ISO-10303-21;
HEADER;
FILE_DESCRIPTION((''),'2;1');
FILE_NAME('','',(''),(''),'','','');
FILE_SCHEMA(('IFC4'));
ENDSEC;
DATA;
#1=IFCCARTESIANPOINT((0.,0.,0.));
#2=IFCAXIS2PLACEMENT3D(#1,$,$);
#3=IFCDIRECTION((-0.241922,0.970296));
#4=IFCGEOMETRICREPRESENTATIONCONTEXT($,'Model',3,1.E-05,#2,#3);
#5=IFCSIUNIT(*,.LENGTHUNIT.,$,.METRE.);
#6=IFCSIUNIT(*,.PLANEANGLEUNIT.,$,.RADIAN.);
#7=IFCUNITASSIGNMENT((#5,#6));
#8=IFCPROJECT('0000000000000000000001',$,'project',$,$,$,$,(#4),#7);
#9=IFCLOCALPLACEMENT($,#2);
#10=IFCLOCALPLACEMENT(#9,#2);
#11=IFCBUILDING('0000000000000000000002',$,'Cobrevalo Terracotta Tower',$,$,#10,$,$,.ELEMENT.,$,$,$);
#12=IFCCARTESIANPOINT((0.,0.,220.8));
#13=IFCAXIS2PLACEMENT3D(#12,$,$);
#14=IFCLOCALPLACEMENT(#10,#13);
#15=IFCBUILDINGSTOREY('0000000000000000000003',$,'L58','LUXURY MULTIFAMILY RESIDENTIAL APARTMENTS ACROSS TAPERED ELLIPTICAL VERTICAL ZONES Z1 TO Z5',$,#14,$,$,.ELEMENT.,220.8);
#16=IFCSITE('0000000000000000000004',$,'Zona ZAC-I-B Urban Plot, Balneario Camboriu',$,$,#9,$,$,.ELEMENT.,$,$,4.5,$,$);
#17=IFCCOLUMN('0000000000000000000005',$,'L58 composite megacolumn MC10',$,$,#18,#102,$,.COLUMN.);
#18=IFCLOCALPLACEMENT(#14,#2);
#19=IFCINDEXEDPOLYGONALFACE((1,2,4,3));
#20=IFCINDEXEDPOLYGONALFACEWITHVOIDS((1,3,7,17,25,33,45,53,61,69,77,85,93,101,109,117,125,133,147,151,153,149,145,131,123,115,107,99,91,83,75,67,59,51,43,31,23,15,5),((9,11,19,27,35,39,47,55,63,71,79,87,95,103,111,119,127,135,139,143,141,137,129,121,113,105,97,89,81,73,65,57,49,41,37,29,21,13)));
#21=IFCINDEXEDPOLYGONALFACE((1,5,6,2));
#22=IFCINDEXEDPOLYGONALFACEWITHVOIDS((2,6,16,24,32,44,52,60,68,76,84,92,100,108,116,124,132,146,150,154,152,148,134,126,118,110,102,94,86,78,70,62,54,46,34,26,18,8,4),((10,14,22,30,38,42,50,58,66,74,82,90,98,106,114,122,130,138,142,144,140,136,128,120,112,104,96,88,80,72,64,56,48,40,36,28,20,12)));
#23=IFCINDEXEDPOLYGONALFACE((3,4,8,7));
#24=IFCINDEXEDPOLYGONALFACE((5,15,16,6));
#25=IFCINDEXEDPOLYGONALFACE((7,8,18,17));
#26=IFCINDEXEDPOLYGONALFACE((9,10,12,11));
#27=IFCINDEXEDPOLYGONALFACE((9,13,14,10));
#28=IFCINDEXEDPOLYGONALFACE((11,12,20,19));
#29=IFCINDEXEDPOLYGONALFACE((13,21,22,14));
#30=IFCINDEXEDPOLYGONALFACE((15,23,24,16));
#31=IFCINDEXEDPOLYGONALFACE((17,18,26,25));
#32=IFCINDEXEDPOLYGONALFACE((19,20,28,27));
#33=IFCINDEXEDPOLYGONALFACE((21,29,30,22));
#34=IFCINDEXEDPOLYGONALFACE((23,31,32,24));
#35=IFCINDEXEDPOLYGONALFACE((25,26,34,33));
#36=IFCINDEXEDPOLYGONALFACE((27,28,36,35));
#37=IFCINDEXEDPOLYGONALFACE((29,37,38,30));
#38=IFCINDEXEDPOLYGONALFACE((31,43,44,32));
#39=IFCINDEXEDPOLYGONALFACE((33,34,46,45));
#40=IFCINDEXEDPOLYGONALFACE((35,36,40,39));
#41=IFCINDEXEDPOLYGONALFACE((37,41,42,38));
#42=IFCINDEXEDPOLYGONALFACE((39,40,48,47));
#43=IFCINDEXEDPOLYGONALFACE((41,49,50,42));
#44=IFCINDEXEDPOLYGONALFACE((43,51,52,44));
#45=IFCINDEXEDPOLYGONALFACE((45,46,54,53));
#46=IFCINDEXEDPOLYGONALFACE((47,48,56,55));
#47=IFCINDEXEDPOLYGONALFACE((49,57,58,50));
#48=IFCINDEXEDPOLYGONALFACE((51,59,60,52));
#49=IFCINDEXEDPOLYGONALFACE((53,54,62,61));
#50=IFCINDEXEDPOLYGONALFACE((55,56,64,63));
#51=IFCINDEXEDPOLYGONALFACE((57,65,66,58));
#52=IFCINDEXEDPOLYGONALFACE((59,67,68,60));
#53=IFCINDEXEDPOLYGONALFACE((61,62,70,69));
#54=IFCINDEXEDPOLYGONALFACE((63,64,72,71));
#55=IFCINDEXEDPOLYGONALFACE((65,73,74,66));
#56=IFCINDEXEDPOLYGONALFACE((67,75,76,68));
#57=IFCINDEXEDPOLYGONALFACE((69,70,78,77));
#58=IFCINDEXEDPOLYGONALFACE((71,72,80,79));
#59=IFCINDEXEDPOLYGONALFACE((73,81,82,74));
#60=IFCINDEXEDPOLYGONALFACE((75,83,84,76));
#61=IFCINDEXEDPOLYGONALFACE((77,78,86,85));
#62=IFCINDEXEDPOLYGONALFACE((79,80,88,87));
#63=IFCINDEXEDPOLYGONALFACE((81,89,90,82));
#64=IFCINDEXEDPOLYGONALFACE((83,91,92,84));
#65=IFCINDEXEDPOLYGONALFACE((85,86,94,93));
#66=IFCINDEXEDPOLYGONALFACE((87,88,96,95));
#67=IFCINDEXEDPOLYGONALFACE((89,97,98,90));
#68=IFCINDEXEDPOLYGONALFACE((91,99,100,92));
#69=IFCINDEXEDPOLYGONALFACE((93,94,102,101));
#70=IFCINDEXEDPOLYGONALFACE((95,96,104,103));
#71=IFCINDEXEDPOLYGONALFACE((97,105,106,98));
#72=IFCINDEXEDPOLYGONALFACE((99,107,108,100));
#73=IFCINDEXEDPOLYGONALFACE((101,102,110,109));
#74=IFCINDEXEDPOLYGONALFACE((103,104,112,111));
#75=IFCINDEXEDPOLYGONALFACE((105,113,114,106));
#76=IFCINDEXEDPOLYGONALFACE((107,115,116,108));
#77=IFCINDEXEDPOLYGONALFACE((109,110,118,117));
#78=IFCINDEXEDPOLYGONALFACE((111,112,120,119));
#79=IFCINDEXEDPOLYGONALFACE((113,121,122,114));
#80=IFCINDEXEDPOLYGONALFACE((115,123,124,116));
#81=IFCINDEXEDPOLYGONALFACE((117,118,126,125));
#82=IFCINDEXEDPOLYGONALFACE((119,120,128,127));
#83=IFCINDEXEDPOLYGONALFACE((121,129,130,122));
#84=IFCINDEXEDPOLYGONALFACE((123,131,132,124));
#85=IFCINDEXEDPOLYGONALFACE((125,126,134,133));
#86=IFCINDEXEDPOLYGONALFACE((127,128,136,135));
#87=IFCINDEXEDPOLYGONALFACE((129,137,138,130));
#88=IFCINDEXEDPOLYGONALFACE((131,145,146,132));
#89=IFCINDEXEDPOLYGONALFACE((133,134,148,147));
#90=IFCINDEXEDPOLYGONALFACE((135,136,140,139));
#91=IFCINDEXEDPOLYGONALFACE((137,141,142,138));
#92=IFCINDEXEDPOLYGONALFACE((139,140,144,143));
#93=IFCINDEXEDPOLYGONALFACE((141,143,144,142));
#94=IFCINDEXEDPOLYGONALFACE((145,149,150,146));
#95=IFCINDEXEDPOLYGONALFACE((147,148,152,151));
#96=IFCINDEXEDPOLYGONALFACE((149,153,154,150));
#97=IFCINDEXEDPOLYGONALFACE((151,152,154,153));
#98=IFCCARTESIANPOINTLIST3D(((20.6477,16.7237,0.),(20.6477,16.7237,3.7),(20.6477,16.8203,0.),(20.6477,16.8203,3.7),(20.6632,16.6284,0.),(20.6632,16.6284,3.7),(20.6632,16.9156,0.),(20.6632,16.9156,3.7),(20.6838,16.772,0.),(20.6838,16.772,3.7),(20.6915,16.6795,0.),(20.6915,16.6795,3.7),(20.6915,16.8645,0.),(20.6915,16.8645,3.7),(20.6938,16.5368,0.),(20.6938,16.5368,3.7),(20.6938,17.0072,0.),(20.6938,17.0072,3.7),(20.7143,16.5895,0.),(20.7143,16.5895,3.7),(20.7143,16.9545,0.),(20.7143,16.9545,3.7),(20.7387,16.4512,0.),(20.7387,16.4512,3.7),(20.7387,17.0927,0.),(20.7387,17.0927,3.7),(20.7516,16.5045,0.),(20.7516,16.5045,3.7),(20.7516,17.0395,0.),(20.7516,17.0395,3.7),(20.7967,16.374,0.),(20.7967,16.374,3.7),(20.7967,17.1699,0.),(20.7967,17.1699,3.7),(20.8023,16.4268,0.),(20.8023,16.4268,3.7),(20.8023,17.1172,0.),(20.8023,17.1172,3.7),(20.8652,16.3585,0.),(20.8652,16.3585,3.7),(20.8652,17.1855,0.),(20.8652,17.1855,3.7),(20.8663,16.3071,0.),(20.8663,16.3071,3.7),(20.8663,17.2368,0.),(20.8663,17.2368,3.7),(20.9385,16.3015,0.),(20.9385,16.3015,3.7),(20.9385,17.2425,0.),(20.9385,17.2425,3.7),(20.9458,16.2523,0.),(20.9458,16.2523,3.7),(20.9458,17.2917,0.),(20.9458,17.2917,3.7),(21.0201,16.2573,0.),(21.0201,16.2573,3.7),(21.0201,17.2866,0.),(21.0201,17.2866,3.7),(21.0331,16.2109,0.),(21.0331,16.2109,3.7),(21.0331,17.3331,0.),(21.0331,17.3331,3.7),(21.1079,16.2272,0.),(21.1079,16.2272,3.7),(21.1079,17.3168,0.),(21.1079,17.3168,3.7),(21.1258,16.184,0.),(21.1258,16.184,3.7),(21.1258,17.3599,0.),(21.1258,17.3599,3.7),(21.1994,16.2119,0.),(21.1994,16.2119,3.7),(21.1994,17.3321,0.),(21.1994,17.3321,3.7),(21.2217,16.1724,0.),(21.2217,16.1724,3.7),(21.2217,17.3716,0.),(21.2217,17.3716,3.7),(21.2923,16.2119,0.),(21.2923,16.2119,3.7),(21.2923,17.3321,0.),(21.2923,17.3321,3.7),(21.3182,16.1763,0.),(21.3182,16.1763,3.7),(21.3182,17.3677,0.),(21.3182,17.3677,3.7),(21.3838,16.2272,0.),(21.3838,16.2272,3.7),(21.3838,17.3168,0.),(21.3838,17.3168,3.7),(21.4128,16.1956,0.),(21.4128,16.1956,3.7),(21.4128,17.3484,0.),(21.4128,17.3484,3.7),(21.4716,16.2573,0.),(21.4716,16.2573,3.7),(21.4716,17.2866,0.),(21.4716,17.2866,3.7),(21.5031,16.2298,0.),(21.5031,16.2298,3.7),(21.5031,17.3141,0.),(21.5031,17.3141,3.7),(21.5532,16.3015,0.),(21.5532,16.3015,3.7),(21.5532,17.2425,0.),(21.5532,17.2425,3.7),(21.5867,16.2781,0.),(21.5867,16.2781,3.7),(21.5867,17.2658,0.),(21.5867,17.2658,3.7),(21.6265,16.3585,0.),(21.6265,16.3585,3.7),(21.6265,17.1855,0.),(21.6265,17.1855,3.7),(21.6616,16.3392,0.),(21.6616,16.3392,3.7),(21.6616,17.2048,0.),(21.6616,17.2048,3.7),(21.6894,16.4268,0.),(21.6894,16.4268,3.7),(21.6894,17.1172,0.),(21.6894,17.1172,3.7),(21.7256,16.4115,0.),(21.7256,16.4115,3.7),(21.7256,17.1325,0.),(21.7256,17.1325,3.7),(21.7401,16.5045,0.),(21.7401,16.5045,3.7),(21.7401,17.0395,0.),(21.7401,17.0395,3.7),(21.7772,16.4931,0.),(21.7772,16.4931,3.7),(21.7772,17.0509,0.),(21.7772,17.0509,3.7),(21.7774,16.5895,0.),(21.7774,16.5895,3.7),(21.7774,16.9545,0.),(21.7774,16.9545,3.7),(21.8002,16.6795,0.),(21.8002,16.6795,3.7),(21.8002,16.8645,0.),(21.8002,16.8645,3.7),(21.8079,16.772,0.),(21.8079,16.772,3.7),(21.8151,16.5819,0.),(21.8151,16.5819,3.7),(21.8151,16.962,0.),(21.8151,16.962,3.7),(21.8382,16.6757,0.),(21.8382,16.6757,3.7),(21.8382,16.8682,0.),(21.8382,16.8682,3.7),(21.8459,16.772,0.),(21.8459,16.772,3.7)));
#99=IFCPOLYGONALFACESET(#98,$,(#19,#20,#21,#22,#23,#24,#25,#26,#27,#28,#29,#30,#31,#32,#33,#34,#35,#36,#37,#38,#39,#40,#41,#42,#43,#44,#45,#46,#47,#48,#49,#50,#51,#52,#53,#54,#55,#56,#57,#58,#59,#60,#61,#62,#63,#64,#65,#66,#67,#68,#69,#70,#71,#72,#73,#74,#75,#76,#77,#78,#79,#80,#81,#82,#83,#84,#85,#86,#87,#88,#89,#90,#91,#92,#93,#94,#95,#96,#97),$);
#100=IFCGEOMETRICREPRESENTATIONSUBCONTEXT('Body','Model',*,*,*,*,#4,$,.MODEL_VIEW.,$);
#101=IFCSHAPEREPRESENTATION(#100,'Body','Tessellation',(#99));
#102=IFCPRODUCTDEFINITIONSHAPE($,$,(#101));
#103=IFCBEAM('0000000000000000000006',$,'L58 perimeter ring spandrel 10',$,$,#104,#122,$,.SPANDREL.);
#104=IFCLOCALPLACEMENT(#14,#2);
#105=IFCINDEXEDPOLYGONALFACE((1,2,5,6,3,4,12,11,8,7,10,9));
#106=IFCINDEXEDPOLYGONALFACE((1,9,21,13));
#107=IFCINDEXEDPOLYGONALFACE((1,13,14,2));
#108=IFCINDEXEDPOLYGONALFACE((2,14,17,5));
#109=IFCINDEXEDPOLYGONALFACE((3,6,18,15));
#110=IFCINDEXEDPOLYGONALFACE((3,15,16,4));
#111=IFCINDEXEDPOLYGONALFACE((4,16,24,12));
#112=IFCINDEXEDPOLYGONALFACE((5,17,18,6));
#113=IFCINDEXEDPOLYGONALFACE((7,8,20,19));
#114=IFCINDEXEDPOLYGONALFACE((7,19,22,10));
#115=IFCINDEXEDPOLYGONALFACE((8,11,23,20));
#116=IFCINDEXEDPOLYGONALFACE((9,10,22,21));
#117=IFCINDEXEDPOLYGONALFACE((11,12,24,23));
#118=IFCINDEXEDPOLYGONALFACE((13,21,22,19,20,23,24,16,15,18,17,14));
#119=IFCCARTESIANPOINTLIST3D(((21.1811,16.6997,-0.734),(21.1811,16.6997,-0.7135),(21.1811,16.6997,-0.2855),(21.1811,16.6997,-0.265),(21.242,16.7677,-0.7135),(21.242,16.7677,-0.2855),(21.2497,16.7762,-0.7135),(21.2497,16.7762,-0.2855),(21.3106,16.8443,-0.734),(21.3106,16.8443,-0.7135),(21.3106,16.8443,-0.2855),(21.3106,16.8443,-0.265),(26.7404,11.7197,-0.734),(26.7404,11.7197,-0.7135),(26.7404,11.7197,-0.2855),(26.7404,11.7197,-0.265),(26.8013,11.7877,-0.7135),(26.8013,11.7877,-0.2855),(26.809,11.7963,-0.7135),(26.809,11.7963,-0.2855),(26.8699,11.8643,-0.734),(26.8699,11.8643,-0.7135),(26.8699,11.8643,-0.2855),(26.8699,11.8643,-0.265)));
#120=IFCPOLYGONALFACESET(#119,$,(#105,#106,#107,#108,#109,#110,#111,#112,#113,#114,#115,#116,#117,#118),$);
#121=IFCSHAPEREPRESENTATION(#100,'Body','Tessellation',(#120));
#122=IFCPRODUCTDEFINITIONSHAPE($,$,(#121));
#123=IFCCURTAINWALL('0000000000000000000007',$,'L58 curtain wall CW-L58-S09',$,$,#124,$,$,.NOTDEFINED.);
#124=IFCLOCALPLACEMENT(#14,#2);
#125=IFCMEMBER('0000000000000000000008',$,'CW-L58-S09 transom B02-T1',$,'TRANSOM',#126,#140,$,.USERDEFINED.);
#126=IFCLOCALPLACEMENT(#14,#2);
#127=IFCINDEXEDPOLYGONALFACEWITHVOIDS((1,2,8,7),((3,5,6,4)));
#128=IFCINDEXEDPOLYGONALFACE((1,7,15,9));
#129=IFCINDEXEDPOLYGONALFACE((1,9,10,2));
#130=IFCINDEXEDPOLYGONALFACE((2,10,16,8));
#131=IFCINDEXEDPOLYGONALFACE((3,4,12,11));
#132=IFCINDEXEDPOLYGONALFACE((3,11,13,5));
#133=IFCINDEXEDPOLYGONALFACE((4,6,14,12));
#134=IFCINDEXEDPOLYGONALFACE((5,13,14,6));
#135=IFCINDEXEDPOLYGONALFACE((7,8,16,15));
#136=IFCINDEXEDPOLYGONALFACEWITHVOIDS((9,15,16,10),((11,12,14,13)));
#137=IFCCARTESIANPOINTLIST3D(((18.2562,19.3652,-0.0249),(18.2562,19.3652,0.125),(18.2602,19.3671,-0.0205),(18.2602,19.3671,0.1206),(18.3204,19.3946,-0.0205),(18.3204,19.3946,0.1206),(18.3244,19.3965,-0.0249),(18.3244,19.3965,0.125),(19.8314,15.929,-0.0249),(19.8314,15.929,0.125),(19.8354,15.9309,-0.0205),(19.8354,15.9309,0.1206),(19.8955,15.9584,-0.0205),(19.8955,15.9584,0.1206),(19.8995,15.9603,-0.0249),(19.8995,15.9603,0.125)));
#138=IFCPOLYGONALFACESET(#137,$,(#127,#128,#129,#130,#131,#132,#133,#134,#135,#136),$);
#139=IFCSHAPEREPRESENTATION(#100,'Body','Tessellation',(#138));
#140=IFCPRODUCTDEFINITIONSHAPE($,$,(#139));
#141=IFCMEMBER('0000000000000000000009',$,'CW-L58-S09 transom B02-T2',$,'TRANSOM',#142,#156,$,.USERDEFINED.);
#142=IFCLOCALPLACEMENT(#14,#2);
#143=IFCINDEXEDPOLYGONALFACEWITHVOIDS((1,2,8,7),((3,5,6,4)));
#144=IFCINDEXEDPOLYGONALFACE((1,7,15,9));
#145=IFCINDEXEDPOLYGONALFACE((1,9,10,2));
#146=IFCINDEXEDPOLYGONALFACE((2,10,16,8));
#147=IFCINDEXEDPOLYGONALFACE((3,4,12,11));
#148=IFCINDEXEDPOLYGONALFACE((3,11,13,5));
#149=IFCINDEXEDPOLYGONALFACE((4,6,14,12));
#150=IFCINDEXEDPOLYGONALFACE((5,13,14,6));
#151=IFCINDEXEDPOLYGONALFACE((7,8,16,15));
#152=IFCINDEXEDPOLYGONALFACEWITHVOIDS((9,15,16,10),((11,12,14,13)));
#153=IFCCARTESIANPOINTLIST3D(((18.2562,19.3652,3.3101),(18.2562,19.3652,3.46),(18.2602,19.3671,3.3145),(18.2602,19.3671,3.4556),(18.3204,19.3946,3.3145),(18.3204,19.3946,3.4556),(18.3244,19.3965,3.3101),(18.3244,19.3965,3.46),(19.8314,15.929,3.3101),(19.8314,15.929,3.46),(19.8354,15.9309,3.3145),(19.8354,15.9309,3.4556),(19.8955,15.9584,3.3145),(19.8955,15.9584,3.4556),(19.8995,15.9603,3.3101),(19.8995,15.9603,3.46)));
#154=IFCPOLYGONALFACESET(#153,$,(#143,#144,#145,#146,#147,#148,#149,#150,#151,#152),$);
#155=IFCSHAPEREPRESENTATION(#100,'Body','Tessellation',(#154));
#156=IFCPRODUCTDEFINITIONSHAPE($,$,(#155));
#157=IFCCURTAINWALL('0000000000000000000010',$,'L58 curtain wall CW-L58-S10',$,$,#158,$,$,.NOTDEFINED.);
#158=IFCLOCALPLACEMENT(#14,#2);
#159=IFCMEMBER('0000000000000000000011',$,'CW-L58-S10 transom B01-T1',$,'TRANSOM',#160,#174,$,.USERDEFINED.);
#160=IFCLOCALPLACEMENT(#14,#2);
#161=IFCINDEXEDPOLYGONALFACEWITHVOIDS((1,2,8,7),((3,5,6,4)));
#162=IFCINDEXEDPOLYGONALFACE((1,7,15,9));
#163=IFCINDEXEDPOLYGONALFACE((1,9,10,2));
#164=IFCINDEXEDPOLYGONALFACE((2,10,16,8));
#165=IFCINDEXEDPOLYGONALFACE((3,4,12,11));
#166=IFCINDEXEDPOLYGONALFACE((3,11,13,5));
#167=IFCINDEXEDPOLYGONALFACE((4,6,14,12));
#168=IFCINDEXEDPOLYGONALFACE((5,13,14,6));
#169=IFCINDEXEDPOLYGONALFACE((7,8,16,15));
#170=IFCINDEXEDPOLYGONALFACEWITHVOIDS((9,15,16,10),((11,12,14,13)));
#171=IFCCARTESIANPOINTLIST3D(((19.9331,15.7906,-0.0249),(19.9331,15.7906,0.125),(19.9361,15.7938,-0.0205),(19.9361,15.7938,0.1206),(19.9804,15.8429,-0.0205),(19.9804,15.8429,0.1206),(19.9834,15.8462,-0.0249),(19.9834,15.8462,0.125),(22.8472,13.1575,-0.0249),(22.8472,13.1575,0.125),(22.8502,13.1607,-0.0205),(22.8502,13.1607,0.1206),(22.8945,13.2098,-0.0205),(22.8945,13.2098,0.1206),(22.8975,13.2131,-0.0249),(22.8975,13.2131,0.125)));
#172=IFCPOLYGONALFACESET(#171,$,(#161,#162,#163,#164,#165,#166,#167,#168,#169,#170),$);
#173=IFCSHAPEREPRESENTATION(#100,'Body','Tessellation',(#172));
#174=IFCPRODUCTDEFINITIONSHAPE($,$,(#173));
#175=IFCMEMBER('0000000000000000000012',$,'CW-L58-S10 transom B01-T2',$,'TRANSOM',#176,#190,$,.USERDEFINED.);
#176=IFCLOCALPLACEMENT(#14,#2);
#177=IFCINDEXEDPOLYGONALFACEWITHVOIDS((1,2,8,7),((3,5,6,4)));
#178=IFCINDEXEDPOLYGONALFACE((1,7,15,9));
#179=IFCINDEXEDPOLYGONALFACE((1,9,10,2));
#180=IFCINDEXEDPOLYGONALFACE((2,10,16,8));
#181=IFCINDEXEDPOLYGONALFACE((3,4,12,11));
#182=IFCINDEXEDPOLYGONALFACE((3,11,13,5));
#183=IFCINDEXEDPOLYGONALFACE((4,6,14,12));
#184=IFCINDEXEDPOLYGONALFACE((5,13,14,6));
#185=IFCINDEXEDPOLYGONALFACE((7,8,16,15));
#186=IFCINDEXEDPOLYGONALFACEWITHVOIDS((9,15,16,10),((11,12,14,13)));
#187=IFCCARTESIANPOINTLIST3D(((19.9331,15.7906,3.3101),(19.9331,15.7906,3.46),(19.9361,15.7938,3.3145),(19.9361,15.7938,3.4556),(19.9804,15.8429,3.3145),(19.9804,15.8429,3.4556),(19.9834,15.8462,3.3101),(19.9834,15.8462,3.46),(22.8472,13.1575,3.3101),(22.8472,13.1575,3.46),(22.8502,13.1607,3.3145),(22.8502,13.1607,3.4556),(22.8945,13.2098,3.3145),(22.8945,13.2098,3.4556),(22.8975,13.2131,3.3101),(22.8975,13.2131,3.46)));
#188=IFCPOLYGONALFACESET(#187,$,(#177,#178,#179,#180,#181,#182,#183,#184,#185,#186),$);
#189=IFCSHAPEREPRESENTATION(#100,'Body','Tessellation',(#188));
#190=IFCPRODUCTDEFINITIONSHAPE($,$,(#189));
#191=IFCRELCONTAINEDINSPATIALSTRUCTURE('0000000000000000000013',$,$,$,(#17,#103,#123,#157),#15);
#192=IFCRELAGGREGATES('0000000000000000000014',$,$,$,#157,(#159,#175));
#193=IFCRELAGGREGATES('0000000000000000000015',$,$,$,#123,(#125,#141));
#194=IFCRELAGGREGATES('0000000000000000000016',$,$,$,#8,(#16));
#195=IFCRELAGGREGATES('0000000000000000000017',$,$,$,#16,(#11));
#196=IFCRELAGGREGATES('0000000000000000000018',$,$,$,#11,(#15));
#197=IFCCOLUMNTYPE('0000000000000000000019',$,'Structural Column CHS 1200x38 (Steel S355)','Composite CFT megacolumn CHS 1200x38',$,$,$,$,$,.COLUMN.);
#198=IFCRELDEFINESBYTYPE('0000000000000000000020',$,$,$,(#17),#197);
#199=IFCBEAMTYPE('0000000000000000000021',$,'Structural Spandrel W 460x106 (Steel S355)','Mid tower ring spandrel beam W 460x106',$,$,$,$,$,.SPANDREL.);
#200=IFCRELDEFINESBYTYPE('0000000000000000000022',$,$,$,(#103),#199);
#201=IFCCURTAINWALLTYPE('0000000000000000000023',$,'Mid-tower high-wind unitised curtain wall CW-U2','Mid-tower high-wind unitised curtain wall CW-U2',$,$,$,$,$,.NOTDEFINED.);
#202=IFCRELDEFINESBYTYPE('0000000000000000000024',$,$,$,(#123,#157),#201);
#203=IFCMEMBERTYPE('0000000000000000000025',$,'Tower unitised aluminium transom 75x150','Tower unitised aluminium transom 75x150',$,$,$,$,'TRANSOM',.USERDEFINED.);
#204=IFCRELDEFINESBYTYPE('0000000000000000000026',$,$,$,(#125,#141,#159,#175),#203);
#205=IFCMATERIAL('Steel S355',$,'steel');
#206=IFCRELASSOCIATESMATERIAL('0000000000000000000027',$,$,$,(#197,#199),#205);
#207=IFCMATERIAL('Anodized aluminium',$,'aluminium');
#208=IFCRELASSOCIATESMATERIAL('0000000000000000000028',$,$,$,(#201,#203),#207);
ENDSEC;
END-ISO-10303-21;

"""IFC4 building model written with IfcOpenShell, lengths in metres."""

from ifc_helpers import new_model, si_unit, direction, frame, origin, origin_2d, place, context, subcontext, project, spatial, hollow_rectangle, hollow_circle, i_section, extrude, source, transform, mapped, material, material_profile, profile_set, type_object, element, aggregate, save


model = new_model("IFC4")

# Units and contexts
model_context = context("Model", 3, precision=1e-05, world=origin(), true_north=direction((-0.241922, 0.970296)))
body_context = subcontext(model_context, "Body", "Model", "MODEL_VIEW")
ifc_project = project(units=[si_unit("LENGTHUNIT", "METRE"), si_unit("PLANEANGLEUNIT", "RADIAN")], contexts=[model_context])

# Site, building, storey
site_placement = place(None, origin())
site = spatial("IfcSite", under=ifc_project, at=site_placement, Name="Zona ZAC-I-B Urban Plot, Balneario Camboriu", CompositionType="ELEMENT", RefElevation=4.5)
building_placement = place(site_placement, origin())
building = spatial("IfcBuilding", under=site, at=building_placement, Name="Cobrevalo Terracotta Tower", CompositionType="ELEMENT")
storey_placement = place(building_placement, frame((0.0, 0.0, 220.8)))
storey = spatial("IfcBuildingStorey", under=building, at=storey_placement, Name="L58", Description="LUXURY MULTIFAMILY RESIDENTIAL APARTMENTS ACROSS TAPERED ELLIPTICAL VERTICAL ZONES Z1 TO Z5", CompositionType="ELEMENT", Elevation=220.8)

# Column
ifc_material_1 = material(Name="Steel S355", Category="steel")
ifc_material_profile_1 = material_profile(ifc_material_1, hollow_circle(Radius=0.6001, WallThickness=0.0381, at=origin_2d()), Name="CHS 1200x38")
ifc_profile_set_1 = profile_set([ifc_material_profile_1], Name="Steel S355")
column_type = type_object("IfcColumnType", Name="Structural Column CHS 1200x38 (Steel S355)", Description="Composite CFT megacolumn CHS 1200x38", PredefinedType="COLUMN", material=ifc_profile_set_1)
column_placement = place(storey_placement, frame((21.2458, 16.772, 0.0), z_axis=(0.0, 0.0, 1.0), x_axis=(1.0, 0.0, 0.0)))
element("IfcColumn", 1, at=column_placement, inside=storey, type_object=column_type, Name="L58 composite megacolumn MC10", PredefinedType="COLUMN", context=body_context, shape_type="SweptSolid", body=[
    extrude(hollow_circle(Radius=0.6001, WallThickness=0.0381, at=origin_2d()), origin(), (0.0, 0.0, 1.0), 3.7),
])

# Beam
ifc_material_profile_2 = material_profile(ifc_material_1, i_section(OverallWidth=0.1941, OverallDepth=0.469, WebThickness=0.0115, FlangeThickness=0.0205, at=origin_2d()), Name="W 460x106")
ifc_profile_set_2 = profile_set([ifc_material_profile_2], Name="Steel S355")
beam_type = type_object("IfcBeamType", Name="Structural Spandrel W 460x106 (Steel S355)", Description="Mid tower ring spandrel beam W 460x106", PredefinedType="SPANDREL", material=ifc_profile_set_2)
beam_placement = place(storey_placement, frame((21.2458, 16.772, -0.4995), z_axis=(0.744852, -0.66723, 0.0), x_axis=(0.66723, 0.744852, 0.0)))
element("IfcBeam", 2, at=beam_placement, inside=storey, type_object=beam_type, Name="L58 perimeter ring spandrel 10", PredefinedType="SPANDREL", context=body_context, shape_type="SweptSolid", body=[
    extrude(i_section(OverallWidth=0.1941, OverallDepth=0.469, WebThickness=0.0115, FlangeThickness=0.0205, at=origin_2d()), origin(), (0.0, 0.0, 1.0), 7.4636),
])

# Curtain walls, members
ifc_material_2 = material(Name="Anodized aluminium", Category="aluminium")
curtain_wall_type = type_object("IfcCurtainWallType", Name="Mid-tower high-wind unitised curtain wall CW-U2", Description="Mid-tower high-wind unitised curtain wall CW-U2", PredefinedType="NOTDEFINED", material=ifc_material_2)
curtain_wall_1_placement = place(storey_placement, origin())
curtain_wall_1 = element("IfcCurtainWall", 3, at=curtain_wall_1_placement, inside=storey, type_object=curtain_wall_type, Name="L58 curtain wall CW-L58-S09", PredefinedType="NOTDEFINED")
ifc_material_profile_3 = material_profile(ifc_material_2, hollow_rectangle(XDim=0.075, YDim=0.1499, WallThickness=0.0044, at=origin_2d()), Name="CWT 75x150")
ifc_profile_set_3 = profile_set([ifc_material_profile_3], Name="Anodized aluminium")
member_type_1 = type_object("IfcMemberType", Name="Tower unitised aluminium transom 75x150", Description="Tower unitised aluminium transom 75x150", ElementType="TRANSOM", PredefinedType="USERDEFINED", material=ifc_profile_set_3)
shared_shape_1 = source(origin(), body_context, "Body", "SweptSolid", [
    extrude(hollow_rectangle(XDim=0.075, YDim=0.1499, WallThickness=0.0044, at=origin_2d()), origin(), (0.0, 0.0, 1.0), 3.78),
])
member_1_placement = place(storey_placement, frame((18.2903, 19.3809, 0.05), z_axis=(0.416706, -0.909041, 0.0), x_axis=(0.909041, 0.416706, 0.0)))
member_1 = element("IfcMember", 4, at=member_1_placement, type_object=member_type_1, Name="CW-L58-S09 transom B02-T1", ObjectType="TRANSOM", PredefinedType="USERDEFINED", context=body_context, shape_type="MappedRepresentation", body=[
    mapped(shared_shape_1, transform((0.0, 0.0, 0.0), scale=1.0)),
])
member_2_placement = place(storey_placement, frame((18.2903, 19.3809, 3.385), z_axis=(0.416706, -0.909041, 0.0), x_axis=(0.909041, 0.416706, 0.0)))
member_2 = element("IfcMember", 5, at=member_2_placement, type_object=member_type_1, Name="CW-L58-S09 transom B02-T2", ObjectType="TRANSOM", PredefinedType="USERDEFINED", context=body_context, shape_type="MappedRepresentation", body=[
    mapped(shared_shape_1, transform((0.0, 0.0, 0.0), scale=1.0)),
])
curtain_wall_2_placement = place(storey_placement, origin())
curtain_wall_2 = element("IfcCurtainWall", 6, at=curtain_wall_2_placement, inside=storey, type_object=curtain_wall_type, Name="L58 curtain wall CW-L58-S10", PredefinedType="NOTDEFINED")
shared_shape_2 = source(origin(), body_context, "Body", "SweptSolid", [
    extrude(hollow_rectangle(XDim=0.075, YDim=0.1499, WallThickness=0.0044, at=origin_2d()), origin(), (0.0, 0.0, 1.0), 3.9275),
])
member_3_placement = place(storey_placement, frame((19.9583, 15.8184, 0.05), z_axis=(0.741976, -0.670426, 0.0), x_axis=(0.670426, 0.741976, 0.0)))
member_3 = element("IfcMember", 7, at=member_3_placement, type_object=member_type_1, Name="CW-L58-S10 transom B01-T1", ObjectType="TRANSOM", PredefinedType="USERDEFINED", context=body_context, shape_type="MappedRepresentation", body=[
    mapped(shared_shape_2, transform((0.0, 0.0, 0.0), scale=1.0)),
])
member_4_placement = place(storey_placement, frame((19.9583, 15.8184, 3.385), z_axis=(0.741976, -0.670426, 0.0), x_axis=(0.670426, 0.741976, 0.0)))
member_4 = element("IfcMember", 8, at=member_4_placement, type_object=member_type_1, Name="CW-L58-S10 transom B01-T2", ObjectType="TRANSOM", PredefinedType="USERDEFINED", context=body_context, shape_type="MappedRepresentation", body=[
    mapped(shared_shape_2, transform((0.0, 0.0, 0.0), scale=1.0)),
])

aggregate(curtain_wall_2, [member_3, member_4])

aggregate(curtain_wall_1, [member_1, member_2])

save(model, "model.ifc")
